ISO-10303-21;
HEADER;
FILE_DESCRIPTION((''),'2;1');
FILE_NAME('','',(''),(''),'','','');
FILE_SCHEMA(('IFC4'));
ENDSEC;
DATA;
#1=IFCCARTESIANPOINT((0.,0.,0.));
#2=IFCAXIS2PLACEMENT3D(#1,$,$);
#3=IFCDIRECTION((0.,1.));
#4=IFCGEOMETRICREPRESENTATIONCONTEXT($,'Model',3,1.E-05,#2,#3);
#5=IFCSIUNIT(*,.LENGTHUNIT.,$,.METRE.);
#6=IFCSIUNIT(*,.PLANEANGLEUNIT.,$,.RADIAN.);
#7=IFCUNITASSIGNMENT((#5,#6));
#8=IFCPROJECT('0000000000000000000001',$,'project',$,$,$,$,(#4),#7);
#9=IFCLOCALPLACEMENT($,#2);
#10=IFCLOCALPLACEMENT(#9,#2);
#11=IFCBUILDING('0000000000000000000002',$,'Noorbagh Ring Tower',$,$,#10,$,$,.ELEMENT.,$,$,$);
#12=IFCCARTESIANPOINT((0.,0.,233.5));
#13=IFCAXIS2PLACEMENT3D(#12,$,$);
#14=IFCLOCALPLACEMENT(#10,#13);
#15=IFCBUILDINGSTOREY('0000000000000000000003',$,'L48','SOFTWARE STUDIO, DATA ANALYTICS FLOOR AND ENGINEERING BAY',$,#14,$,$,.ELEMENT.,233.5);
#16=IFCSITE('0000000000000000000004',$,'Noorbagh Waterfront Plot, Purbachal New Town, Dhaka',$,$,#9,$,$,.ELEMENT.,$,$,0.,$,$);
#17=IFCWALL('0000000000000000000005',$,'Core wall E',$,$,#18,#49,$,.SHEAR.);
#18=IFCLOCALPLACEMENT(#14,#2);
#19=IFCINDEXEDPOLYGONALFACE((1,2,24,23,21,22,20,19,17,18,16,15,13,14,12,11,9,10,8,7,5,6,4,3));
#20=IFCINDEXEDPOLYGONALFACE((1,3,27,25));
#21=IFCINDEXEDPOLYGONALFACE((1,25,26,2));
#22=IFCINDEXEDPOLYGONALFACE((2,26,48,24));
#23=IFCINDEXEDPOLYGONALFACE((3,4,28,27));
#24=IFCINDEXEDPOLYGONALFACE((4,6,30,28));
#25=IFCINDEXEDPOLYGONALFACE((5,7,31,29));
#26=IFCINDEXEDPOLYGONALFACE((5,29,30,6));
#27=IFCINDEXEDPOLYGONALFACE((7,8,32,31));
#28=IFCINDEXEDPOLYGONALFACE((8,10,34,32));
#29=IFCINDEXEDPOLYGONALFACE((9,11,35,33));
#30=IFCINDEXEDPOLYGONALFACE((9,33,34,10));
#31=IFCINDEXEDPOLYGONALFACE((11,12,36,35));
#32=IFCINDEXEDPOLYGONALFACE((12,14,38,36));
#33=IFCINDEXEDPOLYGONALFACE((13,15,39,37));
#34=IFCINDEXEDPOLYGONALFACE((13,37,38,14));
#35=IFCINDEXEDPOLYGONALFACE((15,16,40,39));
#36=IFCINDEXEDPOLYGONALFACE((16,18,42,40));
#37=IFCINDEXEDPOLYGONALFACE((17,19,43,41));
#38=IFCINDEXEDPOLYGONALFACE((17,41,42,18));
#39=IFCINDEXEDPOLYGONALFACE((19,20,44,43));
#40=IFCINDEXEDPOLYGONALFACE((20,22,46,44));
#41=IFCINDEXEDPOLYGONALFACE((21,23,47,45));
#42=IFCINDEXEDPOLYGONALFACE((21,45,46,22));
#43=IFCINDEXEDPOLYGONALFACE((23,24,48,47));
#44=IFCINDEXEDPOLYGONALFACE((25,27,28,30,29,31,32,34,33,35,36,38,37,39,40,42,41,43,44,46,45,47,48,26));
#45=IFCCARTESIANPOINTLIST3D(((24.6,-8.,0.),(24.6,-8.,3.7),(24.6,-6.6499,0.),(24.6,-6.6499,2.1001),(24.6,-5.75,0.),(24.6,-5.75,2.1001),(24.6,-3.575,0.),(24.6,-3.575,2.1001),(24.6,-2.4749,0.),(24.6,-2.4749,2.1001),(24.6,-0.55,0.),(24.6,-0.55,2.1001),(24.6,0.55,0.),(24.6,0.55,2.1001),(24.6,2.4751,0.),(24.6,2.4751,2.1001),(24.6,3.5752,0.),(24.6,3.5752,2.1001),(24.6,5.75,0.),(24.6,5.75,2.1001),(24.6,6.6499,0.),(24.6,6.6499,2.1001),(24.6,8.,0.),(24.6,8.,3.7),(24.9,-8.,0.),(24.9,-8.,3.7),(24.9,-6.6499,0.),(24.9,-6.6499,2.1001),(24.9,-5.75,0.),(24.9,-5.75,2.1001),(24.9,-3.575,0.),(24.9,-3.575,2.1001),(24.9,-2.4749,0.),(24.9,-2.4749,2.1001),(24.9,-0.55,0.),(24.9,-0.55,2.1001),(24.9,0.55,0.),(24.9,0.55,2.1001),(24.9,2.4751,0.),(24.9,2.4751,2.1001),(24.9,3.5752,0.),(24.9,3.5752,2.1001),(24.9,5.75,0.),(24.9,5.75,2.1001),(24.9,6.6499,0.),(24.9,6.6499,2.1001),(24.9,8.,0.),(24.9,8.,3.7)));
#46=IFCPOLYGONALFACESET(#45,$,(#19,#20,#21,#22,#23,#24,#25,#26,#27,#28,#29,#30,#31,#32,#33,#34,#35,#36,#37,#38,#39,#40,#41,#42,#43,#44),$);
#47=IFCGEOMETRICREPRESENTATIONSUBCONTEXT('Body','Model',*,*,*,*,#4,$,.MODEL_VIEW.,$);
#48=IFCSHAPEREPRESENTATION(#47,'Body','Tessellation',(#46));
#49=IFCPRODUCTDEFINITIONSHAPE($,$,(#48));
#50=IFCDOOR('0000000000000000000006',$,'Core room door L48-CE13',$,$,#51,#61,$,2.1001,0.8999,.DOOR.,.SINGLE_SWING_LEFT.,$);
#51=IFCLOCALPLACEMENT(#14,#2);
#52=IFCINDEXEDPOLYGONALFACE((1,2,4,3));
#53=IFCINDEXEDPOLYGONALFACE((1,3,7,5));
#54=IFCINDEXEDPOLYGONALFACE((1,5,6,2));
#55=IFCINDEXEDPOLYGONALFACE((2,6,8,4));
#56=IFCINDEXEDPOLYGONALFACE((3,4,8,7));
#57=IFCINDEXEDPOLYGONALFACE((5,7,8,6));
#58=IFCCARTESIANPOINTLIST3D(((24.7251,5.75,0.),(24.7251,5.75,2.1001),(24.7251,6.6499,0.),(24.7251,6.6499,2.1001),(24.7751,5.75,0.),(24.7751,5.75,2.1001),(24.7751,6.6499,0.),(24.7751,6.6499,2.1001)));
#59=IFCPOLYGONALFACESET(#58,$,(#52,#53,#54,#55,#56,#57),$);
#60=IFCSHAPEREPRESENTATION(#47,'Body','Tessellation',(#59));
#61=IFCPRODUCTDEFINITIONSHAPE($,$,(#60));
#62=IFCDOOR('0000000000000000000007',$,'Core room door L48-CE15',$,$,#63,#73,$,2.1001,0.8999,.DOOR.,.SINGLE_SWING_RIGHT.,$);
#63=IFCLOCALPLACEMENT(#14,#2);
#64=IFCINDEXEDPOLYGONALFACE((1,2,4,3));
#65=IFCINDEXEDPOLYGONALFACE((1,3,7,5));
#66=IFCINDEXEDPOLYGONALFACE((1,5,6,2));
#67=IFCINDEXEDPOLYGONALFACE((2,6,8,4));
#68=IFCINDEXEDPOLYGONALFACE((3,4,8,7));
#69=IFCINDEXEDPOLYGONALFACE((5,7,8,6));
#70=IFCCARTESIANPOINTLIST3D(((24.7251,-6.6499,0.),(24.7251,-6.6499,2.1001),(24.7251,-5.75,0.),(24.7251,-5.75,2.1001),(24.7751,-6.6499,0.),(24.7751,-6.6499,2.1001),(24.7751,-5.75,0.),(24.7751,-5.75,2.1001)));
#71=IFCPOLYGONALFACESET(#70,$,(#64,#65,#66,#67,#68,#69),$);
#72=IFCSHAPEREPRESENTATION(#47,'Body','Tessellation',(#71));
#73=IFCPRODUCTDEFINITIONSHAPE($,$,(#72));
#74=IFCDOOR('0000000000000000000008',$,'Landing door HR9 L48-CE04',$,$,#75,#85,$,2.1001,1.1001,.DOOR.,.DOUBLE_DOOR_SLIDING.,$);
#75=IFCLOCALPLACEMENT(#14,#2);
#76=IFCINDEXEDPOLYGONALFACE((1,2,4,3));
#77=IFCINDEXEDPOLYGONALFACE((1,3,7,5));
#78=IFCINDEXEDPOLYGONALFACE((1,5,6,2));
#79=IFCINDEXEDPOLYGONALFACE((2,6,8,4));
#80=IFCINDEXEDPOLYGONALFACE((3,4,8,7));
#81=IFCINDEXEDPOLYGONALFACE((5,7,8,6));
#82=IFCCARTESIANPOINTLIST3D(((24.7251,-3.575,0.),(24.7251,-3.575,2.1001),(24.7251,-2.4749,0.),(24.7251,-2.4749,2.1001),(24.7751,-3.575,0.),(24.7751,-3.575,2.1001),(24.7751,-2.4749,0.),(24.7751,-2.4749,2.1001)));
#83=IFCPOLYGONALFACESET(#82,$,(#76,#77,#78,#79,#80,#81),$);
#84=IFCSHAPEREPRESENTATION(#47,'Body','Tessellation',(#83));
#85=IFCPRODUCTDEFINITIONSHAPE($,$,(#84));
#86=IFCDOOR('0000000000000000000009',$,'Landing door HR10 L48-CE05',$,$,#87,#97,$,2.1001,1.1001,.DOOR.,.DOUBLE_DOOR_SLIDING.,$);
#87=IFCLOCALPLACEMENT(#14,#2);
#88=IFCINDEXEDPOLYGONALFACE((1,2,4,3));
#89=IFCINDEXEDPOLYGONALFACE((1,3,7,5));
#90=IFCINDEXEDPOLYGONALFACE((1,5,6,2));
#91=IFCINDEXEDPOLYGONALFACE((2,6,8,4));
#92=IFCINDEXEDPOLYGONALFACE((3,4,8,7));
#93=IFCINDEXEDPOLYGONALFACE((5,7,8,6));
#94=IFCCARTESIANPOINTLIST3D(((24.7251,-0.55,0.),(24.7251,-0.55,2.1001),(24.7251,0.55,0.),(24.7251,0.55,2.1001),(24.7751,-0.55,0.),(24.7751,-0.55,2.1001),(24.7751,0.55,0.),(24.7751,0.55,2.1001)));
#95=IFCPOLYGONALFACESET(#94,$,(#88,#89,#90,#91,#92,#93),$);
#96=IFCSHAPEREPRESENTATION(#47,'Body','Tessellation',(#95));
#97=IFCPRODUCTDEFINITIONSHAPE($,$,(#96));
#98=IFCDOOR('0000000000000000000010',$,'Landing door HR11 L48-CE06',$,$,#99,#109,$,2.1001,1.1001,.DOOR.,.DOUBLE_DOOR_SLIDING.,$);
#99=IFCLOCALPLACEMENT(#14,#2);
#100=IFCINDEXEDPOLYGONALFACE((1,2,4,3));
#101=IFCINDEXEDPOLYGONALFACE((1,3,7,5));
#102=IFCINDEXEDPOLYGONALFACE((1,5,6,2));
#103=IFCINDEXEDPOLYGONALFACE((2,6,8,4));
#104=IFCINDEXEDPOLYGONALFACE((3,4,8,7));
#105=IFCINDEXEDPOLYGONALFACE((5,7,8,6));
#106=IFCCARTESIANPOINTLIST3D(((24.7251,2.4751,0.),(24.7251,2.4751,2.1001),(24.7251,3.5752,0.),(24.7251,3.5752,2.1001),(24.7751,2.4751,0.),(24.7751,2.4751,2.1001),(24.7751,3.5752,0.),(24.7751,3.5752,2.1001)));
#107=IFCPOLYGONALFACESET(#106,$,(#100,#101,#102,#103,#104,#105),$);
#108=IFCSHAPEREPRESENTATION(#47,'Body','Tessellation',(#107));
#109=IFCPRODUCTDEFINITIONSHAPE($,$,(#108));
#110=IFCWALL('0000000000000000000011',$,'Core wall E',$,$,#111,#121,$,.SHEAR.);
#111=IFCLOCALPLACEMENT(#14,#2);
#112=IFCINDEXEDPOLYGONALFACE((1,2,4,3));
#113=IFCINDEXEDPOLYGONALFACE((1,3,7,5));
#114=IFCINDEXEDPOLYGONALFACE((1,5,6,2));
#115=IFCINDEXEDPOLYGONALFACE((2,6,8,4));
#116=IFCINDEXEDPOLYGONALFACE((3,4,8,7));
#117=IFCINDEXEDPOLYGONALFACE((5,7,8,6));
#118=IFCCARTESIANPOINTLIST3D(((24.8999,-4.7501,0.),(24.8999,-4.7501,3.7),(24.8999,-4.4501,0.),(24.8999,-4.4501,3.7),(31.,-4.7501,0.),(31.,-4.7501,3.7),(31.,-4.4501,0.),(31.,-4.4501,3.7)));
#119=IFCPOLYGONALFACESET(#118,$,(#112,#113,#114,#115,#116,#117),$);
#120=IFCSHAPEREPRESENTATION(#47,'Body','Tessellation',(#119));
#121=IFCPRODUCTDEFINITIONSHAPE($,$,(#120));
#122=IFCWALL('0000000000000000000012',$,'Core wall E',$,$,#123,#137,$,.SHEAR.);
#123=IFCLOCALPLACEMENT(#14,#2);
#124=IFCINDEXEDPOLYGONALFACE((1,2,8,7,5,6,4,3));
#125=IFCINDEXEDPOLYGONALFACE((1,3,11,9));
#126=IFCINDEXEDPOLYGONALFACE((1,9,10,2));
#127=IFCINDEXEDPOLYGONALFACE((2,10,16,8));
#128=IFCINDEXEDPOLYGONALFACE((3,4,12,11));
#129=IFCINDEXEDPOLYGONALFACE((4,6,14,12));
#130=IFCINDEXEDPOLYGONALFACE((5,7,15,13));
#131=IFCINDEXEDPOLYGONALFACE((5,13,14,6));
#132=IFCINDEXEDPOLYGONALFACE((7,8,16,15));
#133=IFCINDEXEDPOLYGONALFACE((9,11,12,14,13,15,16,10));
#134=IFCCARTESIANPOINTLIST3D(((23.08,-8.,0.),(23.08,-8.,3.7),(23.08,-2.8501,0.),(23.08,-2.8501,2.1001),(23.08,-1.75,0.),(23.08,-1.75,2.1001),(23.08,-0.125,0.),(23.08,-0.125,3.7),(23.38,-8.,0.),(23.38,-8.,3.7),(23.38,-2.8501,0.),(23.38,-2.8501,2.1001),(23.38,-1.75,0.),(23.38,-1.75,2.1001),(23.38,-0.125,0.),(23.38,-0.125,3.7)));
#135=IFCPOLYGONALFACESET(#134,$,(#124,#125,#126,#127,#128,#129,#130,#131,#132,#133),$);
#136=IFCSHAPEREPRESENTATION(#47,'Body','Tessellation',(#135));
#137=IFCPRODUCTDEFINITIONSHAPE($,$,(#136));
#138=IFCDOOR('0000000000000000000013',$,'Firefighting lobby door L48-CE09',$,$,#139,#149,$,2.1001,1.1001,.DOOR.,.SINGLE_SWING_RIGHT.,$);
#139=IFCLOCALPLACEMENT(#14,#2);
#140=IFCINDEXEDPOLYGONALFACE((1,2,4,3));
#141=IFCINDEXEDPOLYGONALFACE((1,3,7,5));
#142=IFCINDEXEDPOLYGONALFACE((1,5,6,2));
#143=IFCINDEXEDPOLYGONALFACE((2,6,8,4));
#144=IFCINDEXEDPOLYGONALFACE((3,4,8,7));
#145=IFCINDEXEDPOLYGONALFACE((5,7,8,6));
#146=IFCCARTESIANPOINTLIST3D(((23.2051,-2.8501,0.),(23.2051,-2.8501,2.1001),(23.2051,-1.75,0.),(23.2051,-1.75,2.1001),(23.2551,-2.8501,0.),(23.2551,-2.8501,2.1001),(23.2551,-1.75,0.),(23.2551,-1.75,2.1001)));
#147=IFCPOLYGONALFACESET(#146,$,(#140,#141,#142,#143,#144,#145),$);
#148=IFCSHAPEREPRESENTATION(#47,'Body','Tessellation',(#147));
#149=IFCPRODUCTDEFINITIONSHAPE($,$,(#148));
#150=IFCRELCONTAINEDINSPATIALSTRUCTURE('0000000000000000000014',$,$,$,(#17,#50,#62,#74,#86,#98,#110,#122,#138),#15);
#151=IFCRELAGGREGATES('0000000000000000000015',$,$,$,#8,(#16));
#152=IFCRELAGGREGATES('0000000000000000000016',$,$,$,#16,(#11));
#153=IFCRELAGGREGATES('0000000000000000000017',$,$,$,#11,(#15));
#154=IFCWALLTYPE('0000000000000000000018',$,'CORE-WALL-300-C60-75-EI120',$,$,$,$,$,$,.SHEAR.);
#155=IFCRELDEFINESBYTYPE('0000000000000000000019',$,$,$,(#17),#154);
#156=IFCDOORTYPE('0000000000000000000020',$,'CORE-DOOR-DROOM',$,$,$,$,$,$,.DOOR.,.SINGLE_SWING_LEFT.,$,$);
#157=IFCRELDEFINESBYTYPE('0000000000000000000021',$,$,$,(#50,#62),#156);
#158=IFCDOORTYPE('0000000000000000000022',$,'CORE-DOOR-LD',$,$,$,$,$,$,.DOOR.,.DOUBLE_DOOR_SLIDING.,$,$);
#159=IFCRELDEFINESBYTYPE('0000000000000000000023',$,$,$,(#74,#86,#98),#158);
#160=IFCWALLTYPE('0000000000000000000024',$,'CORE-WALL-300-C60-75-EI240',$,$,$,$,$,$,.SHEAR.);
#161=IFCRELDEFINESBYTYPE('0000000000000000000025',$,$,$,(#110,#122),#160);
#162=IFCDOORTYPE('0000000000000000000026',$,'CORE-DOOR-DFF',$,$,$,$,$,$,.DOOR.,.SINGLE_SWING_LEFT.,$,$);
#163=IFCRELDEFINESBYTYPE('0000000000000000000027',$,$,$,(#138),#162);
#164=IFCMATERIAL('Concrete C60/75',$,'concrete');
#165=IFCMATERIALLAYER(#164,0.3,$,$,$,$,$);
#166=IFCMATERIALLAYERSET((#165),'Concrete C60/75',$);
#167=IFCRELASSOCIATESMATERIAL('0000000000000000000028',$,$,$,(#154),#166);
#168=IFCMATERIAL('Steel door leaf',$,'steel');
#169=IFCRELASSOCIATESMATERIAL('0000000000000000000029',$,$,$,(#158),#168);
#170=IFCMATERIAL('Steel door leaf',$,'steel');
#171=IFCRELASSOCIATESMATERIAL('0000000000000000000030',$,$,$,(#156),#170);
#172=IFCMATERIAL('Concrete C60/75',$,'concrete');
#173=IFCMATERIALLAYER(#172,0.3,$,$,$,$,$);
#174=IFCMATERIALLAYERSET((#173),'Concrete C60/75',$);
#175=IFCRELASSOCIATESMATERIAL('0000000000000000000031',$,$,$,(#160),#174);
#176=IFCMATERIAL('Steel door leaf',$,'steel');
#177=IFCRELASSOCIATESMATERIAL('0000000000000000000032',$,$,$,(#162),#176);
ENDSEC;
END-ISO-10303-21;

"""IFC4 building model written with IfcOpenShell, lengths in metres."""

from ifc_helpers import new_model, si_unit, direction, frame, frame_2d, origin, place, context, subcontext, project, spatial, rectangle, extrude, material, layer, layer_set, type_object, element, fill, save


model = new_model("IFC4")

# Units and contexts
model_context = context("Model", 3, precision=1e-05, world=origin(), true_north=direction((0.0, 1.0)))
body_context = subcontext(model_context, "Body", "Model", "MODEL_VIEW")
ifc_project = project(units=[si_unit("LENGTHUNIT", "METRE"), si_unit("PLANEANGLEUNIT", "RADIAN")], contexts=[model_context])

# Site, building, storey
site_placement = place(None, origin())
site = spatial("IfcSite", under=ifc_project, at=site_placement, Name="Noorbagh Waterfront Plot, Purbachal New Town, Dhaka", CompositionType="ELEMENT", RefElevation=0.0)
building_placement = place(site_placement, origin())
building = spatial("IfcBuilding", under=site, at=building_placement, Name="Noorbagh Ring Tower", CompositionType="ELEMENT")
storey_placement = place(building_placement, frame((0.0, 0.0, 233.5)))
storey = spatial("IfcBuildingStorey", under=building, at=storey_placement, Name="L48", Description="SOFTWARE STUDIO, DATA ANALYTICS FLOOR AND ENGINEERING BAY", CompositionType="ELEMENT", Elevation=233.5)

# Wall, openings, doors
ifc_material_1 = material(Name="Concrete C60/75", Category="concrete")
ifc_layer_1 = layer(ifc_material_1, 0.3)
ifc_layer_set_1 = layer_set([ifc_layer_1], Name="Concrete C60/75")
wall_type_1 = type_object("IfcWallType", Name="CORE-WALL-300-C60-75-EI120", PredefinedType="SHEAR", material=ifc_layer_set_1)
ifc_material_2 = material(Name="Steel door leaf", Category="steel")
door_type_1 = type_object("IfcDoorType", Name="CORE-DOOR-LD", OperationType="DOUBLE_DOOR_SLIDING", PredefinedType="DOOR", material=ifc_material_2)
wall_1_placement = place(storey_placement, frame((24.75, -8.0, 0.0), z_axis=(0.0, 0.0, 1.0), x_axis=(0.0, 1.0, 0.0)))
wall_1 = element("IfcWall", 1, at=wall_1_placement, inside=storey, type_object=wall_type_1, Name="Core wall E", PredefinedType="SHEAR", context=body_context, shape_type="SweptSolid", body=[
    extrude(rectangle(XDim=16.0, YDim=0.3, at=frame_2d((8.0, 0.0))), origin(), (0.0, 0.0, 1.0), 3.7),
])
opening_1_placement = place(wall_1_placement, frame((4.425, 0.0, 0.0)))
opening_1 = element("IfcOpeningElement", 2, at=opening_1_placement, cuts=wall_1, PredefinedType="OPENING", context=body_context, shape_type="SweptSolid", body=[
    extrude(rectangle(XDim=1.1001, YDim=2.1001, at=frame_2d((0.55, 1.05))), frame((0.0, 0.1602, 0.0), z_axis=(0.0, -1.0, 0.0), x_axis=(1.0, 0.0, 0.0)), (0.0, 0.0, 1.0), 0.3201),
])
opening_2_placement = place(wall_1_placement, frame((7.45, 0.0, 0.0)))
opening_2 = element("IfcOpeningElement", 3, at=opening_2_placement, cuts=wall_1, PredefinedType="OPENING", context=body_context, shape_type="SweptSolid", body=[
    extrude(rectangle(XDim=1.1001, YDim=2.1001, at=frame_2d((0.55, 1.05))), frame((0.0, 0.1602, 0.0), z_axis=(0.0, -1.0, 0.0), x_axis=(1.0, 0.0, 0.0)), (0.0, 0.0, 1.0), 0.3201),
])
opening_3_placement = place(wall_1_placement, frame((10.4751, 0.0, 0.0)))
opening_3 = element("IfcOpeningElement", 4, at=opening_3_placement, cuts=wall_1, PredefinedType="OPENING", context=body_context, shape_type="SweptSolid", body=[
    extrude(rectangle(XDim=1.1001, YDim=2.1001, at=frame_2d((0.55, 1.05))), frame((0.0, 0.1602, 0.0), z_axis=(0.0, -1.0, 0.0), x_axis=(1.0, 0.0, 0.0)), (0.0, 0.0, 1.0), 0.3201),
])
opening_4_placement = place(wall_1_placement, frame((13.75, 0.0, 0.0)))
opening_4 = element("IfcOpeningElement", 5, at=opening_4_placement, cuts=wall_1, PredefinedType="OPENING", context=body_context, shape_type="SweptSolid", body=[
    extrude(rectangle(XDim=0.8999, YDim=2.1001, at=frame_2d((0.45, 1.05))), frame((0.0, 0.1602, 0.0), z_axis=(0.0, -1.0, 0.0), x_axis=(1.0, 0.0, 0.0)), (0.0, 0.0, 1.0), 0.3201),
])
opening_5_placement = place(wall_1_placement, frame((1.3501, 0.0, 0.0)))
opening_5 = element("IfcOpeningElement", 6, at=opening_5_placement, cuts=wall_1, PredefinedType="OPENING", context=body_context, shape_type="SweptSolid", body=[
    extrude(rectangle(XDim=0.8999, YDim=2.1001, at=frame_2d((0.45, 1.05))), frame((0.0, 0.1602, 0.0), z_axis=(0.0, -1.0, 0.0), x_axis=(1.0, 0.0, 0.0)), (0.0, 0.0, 1.0), 0.3201),
])
ifc_material_3 = material(Name="Steel door leaf", Category="steel")
door_type_2 = type_object("IfcDoorType", Name="CORE-DOOR-DROOM", OperationType="SINGLE_SWING_LEFT", PredefinedType="DOOR", material=ifc_material_3)
door_1_placement = place(opening_4_placement, origin())
door_1 = element("IfcDoor", 7, at=door_1_placement, inside=storey, type_object=door_type_2, Name="Core room door L48-CE13", OperationType="SINGLE_SWING_LEFT", OverallHeight=2.1001, OverallWidth=0.8999, PredefinedType="DOOR", context=body_context, shape_type="SweptSolid", body=[
    extrude(rectangle(XDim=0.8999, YDim=2.1001, at=frame_2d((0.45, 1.05))), frame((0.0, 0.0249, 0.0), z_axis=(0.0, -1.0, 0.0), x_axis=(1.0, 0.0, 0.0)), (0.0, 0.0, 1.0), 0.05),
])
fill(opening_4, door_1)
door_2_placement = place(opening_5_placement, origin())
door_2 = element("IfcDoor", 8, at=door_2_placement, inside=storey, type_object=door_type_2, Name="Core room door L48-CE15", OperationType="SINGLE_SWING_RIGHT", OverallHeight=2.1001, OverallWidth=0.8999, PredefinedType="DOOR", context=body_context, shape_type="SweptSolid", body=[
    extrude(rectangle(XDim=0.8999, YDim=2.1001, at=frame_2d((0.45, 1.05))), frame((0.0, 0.0249, 0.0), z_axis=(0.0, -1.0, 0.0), x_axis=(1.0, 0.0, 0.0)), (0.0, 0.0, 1.0), 0.05),
])
fill(opening_5, door_2)
door_3_placement = place(opening_1_placement, origin())
door_3 = element("IfcDoor", 9, at=door_3_placement, inside=storey, type_object=door_type_1, Name="Landing door HR9 L48-CE04", OperationType="DOUBLE_DOOR_SLIDING", OverallHeight=2.1001, OverallWidth=1.1001, PredefinedType="DOOR", context=body_context, shape_type="SweptSolid", body=[
    extrude(rectangle(XDim=1.1001, YDim=2.1001, at=frame_2d((0.55, 1.05))), frame((0.0, 0.0249, 0.0), z_axis=(0.0, -1.0, 0.0), x_axis=(1.0, 0.0, 0.0)), (0.0, 0.0, 1.0), 0.05),
])
fill(opening_1, door_3)
door_4_placement = place(opening_2_placement, origin())
door_4 = element("IfcDoor", 10, at=door_4_placement, inside=storey, type_object=door_type_1, Name="Landing door HR10 L48-CE05", OperationType="DOUBLE_DOOR_SLIDING", OverallHeight=2.1001, OverallWidth=1.1001, PredefinedType="DOOR", context=body_context, shape_type="SweptSolid", body=[
    extrude(rectangle(XDim=1.1001, YDim=2.1001, at=frame_2d((0.55, 1.05))), frame((0.0, 0.0249, 0.0), z_axis=(0.0, -1.0, 0.0), x_axis=(1.0, 0.0, 0.0)), (0.0, 0.0, 1.0), 0.05),
])
fill(opening_2, door_4)
door_5_placement = place(opening_3_placement, origin())
door_5 = element("IfcDoor", 11, at=door_5_placement, inside=storey, type_object=door_type_1, Name="Landing door HR11 L48-CE06", OperationType="DOUBLE_DOOR_SLIDING", OverallHeight=2.1001, OverallWidth=1.1001, PredefinedType="DOOR", context=body_context, shape_type="SweptSolid", body=[
    extrude(rectangle(XDim=1.1001, YDim=2.1001, at=frame_2d((0.55, 1.05))), frame((0.0, 0.0249, 0.0), z_axis=(0.0, -1.0, 0.0), x_axis=(1.0, 0.0, 0.0)), (0.0, 0.0, 1.0), 0.05),
])
fill(opening_3, door_5)

# Wall
ifc_material_4 = material(Name="Concrete C60/75", Category="concrete")
ifc_layer_2 = layer(ifc_material_4, 0.3)
ifc_layer_set_2 = layer_set([ifc_layer_2], Name="Concrete C60/75")
wall_type_2 = type_object("IfcWallType", Name="CORE-WALL-300-C60-75-EI240", PredefinedType="SHEAR", material=ifc_layer_set_2)
wall_2_placement = place(storey_placement, frame((24.8999, -4.6001, 0.0), z_axis=(0.0, 0.0, 1.0), x_axis=(1.0, 0.0, 0.0)))
element("IfcWall", 12, at=wall_2_placement, inside=storey, type_object=wall_type_2, Name="Core wall E", PredefinedType="SHEAR", context=body_context, shape_type="SweptSolid", body=[
    extrude(rectangle(XDim=6.1001, YDim=0.3, at=frame_2d((3.05, 0.0))), origin(), (0.0, 0.0, 1.0), 3.7),
])

# Wall, opening, door
wall_3_placement = place(storey_placement, frame((23.23, -8.0, 0.0), z_axis=(0.0, 0.0, 1.0), x_axis=(0.0, 1.0, 0.0)))
wall_3 = element("IfcWall", 13, at=wall_3_placement, inside=storey, type_object=wall_type_2, Name="Core wall E", PredefinedType="SHEAR", context=body_context, shape_type="SweptSolid", body=[
    extrude(rectangle(XDim=7.875, YDim=0.3, at=frame_2d((3.9375, 0.0))), origin(), (0.0, 0.0, 1.0), 3.7),
])
opening_6_placement = place(wall_3_placement, frame((5.1499, 0.0, 0.0)))
opening_6 = element("IfcOpeningElement", 14, at=opening_6_placement, cuts=wall_3, PredefinedType="OPENING", context=body_context, shape_type="SweptSolid", body=[
    extrude(rectangle(XDim=1.1001, YDim=2.1001, at=frame_2d((0.55, 1.05))), frame((0.0, 0.1602, 0.0), z_axis=(0.0, -1.0, 0.0), x_axis=(1.0, 0.0, 0.0)), (0.0, 0.0, 1.0), 0.3201),
])
ifc_material_5 = material(Name="Steel door leaf", Category="steel")
door_type_3 = type_object("IfcDoorType", Name="CORE-DOOR-DFF", OperationType="SINGLE_SWING_LEFT", PredefinedType="DOOR", material=ifc_material_5)
door_6_placement = place(opening_6_placement, origin())
door_6 = element("IfcDoor", 15, at=door_6_placement, inside=storey, type_object=door_type_3, Name="Firefighting lobby door L48-CE09", OperationType="SINGLE_SWING_RIGHT", OverallHeight=2.1001, OverallWidth=1.1001, PredefinedType="DOOR", context=body_context, shape_type="SweptSolid", body=[
    extrude(rectangle(XDim=1.1001, YDim=2.1001, at=frame_2d((0.55, 1.05))), frame((0.0, 0.0249, 0.0), z_axis=(0.0, -1.0, 0.0), x_axis=(1.0, 0.0, 0.0)), (0.0, 0.0, 1.0), 0.05),
])
fill(opening_6, door_6)

save(model, "model.ifc")
